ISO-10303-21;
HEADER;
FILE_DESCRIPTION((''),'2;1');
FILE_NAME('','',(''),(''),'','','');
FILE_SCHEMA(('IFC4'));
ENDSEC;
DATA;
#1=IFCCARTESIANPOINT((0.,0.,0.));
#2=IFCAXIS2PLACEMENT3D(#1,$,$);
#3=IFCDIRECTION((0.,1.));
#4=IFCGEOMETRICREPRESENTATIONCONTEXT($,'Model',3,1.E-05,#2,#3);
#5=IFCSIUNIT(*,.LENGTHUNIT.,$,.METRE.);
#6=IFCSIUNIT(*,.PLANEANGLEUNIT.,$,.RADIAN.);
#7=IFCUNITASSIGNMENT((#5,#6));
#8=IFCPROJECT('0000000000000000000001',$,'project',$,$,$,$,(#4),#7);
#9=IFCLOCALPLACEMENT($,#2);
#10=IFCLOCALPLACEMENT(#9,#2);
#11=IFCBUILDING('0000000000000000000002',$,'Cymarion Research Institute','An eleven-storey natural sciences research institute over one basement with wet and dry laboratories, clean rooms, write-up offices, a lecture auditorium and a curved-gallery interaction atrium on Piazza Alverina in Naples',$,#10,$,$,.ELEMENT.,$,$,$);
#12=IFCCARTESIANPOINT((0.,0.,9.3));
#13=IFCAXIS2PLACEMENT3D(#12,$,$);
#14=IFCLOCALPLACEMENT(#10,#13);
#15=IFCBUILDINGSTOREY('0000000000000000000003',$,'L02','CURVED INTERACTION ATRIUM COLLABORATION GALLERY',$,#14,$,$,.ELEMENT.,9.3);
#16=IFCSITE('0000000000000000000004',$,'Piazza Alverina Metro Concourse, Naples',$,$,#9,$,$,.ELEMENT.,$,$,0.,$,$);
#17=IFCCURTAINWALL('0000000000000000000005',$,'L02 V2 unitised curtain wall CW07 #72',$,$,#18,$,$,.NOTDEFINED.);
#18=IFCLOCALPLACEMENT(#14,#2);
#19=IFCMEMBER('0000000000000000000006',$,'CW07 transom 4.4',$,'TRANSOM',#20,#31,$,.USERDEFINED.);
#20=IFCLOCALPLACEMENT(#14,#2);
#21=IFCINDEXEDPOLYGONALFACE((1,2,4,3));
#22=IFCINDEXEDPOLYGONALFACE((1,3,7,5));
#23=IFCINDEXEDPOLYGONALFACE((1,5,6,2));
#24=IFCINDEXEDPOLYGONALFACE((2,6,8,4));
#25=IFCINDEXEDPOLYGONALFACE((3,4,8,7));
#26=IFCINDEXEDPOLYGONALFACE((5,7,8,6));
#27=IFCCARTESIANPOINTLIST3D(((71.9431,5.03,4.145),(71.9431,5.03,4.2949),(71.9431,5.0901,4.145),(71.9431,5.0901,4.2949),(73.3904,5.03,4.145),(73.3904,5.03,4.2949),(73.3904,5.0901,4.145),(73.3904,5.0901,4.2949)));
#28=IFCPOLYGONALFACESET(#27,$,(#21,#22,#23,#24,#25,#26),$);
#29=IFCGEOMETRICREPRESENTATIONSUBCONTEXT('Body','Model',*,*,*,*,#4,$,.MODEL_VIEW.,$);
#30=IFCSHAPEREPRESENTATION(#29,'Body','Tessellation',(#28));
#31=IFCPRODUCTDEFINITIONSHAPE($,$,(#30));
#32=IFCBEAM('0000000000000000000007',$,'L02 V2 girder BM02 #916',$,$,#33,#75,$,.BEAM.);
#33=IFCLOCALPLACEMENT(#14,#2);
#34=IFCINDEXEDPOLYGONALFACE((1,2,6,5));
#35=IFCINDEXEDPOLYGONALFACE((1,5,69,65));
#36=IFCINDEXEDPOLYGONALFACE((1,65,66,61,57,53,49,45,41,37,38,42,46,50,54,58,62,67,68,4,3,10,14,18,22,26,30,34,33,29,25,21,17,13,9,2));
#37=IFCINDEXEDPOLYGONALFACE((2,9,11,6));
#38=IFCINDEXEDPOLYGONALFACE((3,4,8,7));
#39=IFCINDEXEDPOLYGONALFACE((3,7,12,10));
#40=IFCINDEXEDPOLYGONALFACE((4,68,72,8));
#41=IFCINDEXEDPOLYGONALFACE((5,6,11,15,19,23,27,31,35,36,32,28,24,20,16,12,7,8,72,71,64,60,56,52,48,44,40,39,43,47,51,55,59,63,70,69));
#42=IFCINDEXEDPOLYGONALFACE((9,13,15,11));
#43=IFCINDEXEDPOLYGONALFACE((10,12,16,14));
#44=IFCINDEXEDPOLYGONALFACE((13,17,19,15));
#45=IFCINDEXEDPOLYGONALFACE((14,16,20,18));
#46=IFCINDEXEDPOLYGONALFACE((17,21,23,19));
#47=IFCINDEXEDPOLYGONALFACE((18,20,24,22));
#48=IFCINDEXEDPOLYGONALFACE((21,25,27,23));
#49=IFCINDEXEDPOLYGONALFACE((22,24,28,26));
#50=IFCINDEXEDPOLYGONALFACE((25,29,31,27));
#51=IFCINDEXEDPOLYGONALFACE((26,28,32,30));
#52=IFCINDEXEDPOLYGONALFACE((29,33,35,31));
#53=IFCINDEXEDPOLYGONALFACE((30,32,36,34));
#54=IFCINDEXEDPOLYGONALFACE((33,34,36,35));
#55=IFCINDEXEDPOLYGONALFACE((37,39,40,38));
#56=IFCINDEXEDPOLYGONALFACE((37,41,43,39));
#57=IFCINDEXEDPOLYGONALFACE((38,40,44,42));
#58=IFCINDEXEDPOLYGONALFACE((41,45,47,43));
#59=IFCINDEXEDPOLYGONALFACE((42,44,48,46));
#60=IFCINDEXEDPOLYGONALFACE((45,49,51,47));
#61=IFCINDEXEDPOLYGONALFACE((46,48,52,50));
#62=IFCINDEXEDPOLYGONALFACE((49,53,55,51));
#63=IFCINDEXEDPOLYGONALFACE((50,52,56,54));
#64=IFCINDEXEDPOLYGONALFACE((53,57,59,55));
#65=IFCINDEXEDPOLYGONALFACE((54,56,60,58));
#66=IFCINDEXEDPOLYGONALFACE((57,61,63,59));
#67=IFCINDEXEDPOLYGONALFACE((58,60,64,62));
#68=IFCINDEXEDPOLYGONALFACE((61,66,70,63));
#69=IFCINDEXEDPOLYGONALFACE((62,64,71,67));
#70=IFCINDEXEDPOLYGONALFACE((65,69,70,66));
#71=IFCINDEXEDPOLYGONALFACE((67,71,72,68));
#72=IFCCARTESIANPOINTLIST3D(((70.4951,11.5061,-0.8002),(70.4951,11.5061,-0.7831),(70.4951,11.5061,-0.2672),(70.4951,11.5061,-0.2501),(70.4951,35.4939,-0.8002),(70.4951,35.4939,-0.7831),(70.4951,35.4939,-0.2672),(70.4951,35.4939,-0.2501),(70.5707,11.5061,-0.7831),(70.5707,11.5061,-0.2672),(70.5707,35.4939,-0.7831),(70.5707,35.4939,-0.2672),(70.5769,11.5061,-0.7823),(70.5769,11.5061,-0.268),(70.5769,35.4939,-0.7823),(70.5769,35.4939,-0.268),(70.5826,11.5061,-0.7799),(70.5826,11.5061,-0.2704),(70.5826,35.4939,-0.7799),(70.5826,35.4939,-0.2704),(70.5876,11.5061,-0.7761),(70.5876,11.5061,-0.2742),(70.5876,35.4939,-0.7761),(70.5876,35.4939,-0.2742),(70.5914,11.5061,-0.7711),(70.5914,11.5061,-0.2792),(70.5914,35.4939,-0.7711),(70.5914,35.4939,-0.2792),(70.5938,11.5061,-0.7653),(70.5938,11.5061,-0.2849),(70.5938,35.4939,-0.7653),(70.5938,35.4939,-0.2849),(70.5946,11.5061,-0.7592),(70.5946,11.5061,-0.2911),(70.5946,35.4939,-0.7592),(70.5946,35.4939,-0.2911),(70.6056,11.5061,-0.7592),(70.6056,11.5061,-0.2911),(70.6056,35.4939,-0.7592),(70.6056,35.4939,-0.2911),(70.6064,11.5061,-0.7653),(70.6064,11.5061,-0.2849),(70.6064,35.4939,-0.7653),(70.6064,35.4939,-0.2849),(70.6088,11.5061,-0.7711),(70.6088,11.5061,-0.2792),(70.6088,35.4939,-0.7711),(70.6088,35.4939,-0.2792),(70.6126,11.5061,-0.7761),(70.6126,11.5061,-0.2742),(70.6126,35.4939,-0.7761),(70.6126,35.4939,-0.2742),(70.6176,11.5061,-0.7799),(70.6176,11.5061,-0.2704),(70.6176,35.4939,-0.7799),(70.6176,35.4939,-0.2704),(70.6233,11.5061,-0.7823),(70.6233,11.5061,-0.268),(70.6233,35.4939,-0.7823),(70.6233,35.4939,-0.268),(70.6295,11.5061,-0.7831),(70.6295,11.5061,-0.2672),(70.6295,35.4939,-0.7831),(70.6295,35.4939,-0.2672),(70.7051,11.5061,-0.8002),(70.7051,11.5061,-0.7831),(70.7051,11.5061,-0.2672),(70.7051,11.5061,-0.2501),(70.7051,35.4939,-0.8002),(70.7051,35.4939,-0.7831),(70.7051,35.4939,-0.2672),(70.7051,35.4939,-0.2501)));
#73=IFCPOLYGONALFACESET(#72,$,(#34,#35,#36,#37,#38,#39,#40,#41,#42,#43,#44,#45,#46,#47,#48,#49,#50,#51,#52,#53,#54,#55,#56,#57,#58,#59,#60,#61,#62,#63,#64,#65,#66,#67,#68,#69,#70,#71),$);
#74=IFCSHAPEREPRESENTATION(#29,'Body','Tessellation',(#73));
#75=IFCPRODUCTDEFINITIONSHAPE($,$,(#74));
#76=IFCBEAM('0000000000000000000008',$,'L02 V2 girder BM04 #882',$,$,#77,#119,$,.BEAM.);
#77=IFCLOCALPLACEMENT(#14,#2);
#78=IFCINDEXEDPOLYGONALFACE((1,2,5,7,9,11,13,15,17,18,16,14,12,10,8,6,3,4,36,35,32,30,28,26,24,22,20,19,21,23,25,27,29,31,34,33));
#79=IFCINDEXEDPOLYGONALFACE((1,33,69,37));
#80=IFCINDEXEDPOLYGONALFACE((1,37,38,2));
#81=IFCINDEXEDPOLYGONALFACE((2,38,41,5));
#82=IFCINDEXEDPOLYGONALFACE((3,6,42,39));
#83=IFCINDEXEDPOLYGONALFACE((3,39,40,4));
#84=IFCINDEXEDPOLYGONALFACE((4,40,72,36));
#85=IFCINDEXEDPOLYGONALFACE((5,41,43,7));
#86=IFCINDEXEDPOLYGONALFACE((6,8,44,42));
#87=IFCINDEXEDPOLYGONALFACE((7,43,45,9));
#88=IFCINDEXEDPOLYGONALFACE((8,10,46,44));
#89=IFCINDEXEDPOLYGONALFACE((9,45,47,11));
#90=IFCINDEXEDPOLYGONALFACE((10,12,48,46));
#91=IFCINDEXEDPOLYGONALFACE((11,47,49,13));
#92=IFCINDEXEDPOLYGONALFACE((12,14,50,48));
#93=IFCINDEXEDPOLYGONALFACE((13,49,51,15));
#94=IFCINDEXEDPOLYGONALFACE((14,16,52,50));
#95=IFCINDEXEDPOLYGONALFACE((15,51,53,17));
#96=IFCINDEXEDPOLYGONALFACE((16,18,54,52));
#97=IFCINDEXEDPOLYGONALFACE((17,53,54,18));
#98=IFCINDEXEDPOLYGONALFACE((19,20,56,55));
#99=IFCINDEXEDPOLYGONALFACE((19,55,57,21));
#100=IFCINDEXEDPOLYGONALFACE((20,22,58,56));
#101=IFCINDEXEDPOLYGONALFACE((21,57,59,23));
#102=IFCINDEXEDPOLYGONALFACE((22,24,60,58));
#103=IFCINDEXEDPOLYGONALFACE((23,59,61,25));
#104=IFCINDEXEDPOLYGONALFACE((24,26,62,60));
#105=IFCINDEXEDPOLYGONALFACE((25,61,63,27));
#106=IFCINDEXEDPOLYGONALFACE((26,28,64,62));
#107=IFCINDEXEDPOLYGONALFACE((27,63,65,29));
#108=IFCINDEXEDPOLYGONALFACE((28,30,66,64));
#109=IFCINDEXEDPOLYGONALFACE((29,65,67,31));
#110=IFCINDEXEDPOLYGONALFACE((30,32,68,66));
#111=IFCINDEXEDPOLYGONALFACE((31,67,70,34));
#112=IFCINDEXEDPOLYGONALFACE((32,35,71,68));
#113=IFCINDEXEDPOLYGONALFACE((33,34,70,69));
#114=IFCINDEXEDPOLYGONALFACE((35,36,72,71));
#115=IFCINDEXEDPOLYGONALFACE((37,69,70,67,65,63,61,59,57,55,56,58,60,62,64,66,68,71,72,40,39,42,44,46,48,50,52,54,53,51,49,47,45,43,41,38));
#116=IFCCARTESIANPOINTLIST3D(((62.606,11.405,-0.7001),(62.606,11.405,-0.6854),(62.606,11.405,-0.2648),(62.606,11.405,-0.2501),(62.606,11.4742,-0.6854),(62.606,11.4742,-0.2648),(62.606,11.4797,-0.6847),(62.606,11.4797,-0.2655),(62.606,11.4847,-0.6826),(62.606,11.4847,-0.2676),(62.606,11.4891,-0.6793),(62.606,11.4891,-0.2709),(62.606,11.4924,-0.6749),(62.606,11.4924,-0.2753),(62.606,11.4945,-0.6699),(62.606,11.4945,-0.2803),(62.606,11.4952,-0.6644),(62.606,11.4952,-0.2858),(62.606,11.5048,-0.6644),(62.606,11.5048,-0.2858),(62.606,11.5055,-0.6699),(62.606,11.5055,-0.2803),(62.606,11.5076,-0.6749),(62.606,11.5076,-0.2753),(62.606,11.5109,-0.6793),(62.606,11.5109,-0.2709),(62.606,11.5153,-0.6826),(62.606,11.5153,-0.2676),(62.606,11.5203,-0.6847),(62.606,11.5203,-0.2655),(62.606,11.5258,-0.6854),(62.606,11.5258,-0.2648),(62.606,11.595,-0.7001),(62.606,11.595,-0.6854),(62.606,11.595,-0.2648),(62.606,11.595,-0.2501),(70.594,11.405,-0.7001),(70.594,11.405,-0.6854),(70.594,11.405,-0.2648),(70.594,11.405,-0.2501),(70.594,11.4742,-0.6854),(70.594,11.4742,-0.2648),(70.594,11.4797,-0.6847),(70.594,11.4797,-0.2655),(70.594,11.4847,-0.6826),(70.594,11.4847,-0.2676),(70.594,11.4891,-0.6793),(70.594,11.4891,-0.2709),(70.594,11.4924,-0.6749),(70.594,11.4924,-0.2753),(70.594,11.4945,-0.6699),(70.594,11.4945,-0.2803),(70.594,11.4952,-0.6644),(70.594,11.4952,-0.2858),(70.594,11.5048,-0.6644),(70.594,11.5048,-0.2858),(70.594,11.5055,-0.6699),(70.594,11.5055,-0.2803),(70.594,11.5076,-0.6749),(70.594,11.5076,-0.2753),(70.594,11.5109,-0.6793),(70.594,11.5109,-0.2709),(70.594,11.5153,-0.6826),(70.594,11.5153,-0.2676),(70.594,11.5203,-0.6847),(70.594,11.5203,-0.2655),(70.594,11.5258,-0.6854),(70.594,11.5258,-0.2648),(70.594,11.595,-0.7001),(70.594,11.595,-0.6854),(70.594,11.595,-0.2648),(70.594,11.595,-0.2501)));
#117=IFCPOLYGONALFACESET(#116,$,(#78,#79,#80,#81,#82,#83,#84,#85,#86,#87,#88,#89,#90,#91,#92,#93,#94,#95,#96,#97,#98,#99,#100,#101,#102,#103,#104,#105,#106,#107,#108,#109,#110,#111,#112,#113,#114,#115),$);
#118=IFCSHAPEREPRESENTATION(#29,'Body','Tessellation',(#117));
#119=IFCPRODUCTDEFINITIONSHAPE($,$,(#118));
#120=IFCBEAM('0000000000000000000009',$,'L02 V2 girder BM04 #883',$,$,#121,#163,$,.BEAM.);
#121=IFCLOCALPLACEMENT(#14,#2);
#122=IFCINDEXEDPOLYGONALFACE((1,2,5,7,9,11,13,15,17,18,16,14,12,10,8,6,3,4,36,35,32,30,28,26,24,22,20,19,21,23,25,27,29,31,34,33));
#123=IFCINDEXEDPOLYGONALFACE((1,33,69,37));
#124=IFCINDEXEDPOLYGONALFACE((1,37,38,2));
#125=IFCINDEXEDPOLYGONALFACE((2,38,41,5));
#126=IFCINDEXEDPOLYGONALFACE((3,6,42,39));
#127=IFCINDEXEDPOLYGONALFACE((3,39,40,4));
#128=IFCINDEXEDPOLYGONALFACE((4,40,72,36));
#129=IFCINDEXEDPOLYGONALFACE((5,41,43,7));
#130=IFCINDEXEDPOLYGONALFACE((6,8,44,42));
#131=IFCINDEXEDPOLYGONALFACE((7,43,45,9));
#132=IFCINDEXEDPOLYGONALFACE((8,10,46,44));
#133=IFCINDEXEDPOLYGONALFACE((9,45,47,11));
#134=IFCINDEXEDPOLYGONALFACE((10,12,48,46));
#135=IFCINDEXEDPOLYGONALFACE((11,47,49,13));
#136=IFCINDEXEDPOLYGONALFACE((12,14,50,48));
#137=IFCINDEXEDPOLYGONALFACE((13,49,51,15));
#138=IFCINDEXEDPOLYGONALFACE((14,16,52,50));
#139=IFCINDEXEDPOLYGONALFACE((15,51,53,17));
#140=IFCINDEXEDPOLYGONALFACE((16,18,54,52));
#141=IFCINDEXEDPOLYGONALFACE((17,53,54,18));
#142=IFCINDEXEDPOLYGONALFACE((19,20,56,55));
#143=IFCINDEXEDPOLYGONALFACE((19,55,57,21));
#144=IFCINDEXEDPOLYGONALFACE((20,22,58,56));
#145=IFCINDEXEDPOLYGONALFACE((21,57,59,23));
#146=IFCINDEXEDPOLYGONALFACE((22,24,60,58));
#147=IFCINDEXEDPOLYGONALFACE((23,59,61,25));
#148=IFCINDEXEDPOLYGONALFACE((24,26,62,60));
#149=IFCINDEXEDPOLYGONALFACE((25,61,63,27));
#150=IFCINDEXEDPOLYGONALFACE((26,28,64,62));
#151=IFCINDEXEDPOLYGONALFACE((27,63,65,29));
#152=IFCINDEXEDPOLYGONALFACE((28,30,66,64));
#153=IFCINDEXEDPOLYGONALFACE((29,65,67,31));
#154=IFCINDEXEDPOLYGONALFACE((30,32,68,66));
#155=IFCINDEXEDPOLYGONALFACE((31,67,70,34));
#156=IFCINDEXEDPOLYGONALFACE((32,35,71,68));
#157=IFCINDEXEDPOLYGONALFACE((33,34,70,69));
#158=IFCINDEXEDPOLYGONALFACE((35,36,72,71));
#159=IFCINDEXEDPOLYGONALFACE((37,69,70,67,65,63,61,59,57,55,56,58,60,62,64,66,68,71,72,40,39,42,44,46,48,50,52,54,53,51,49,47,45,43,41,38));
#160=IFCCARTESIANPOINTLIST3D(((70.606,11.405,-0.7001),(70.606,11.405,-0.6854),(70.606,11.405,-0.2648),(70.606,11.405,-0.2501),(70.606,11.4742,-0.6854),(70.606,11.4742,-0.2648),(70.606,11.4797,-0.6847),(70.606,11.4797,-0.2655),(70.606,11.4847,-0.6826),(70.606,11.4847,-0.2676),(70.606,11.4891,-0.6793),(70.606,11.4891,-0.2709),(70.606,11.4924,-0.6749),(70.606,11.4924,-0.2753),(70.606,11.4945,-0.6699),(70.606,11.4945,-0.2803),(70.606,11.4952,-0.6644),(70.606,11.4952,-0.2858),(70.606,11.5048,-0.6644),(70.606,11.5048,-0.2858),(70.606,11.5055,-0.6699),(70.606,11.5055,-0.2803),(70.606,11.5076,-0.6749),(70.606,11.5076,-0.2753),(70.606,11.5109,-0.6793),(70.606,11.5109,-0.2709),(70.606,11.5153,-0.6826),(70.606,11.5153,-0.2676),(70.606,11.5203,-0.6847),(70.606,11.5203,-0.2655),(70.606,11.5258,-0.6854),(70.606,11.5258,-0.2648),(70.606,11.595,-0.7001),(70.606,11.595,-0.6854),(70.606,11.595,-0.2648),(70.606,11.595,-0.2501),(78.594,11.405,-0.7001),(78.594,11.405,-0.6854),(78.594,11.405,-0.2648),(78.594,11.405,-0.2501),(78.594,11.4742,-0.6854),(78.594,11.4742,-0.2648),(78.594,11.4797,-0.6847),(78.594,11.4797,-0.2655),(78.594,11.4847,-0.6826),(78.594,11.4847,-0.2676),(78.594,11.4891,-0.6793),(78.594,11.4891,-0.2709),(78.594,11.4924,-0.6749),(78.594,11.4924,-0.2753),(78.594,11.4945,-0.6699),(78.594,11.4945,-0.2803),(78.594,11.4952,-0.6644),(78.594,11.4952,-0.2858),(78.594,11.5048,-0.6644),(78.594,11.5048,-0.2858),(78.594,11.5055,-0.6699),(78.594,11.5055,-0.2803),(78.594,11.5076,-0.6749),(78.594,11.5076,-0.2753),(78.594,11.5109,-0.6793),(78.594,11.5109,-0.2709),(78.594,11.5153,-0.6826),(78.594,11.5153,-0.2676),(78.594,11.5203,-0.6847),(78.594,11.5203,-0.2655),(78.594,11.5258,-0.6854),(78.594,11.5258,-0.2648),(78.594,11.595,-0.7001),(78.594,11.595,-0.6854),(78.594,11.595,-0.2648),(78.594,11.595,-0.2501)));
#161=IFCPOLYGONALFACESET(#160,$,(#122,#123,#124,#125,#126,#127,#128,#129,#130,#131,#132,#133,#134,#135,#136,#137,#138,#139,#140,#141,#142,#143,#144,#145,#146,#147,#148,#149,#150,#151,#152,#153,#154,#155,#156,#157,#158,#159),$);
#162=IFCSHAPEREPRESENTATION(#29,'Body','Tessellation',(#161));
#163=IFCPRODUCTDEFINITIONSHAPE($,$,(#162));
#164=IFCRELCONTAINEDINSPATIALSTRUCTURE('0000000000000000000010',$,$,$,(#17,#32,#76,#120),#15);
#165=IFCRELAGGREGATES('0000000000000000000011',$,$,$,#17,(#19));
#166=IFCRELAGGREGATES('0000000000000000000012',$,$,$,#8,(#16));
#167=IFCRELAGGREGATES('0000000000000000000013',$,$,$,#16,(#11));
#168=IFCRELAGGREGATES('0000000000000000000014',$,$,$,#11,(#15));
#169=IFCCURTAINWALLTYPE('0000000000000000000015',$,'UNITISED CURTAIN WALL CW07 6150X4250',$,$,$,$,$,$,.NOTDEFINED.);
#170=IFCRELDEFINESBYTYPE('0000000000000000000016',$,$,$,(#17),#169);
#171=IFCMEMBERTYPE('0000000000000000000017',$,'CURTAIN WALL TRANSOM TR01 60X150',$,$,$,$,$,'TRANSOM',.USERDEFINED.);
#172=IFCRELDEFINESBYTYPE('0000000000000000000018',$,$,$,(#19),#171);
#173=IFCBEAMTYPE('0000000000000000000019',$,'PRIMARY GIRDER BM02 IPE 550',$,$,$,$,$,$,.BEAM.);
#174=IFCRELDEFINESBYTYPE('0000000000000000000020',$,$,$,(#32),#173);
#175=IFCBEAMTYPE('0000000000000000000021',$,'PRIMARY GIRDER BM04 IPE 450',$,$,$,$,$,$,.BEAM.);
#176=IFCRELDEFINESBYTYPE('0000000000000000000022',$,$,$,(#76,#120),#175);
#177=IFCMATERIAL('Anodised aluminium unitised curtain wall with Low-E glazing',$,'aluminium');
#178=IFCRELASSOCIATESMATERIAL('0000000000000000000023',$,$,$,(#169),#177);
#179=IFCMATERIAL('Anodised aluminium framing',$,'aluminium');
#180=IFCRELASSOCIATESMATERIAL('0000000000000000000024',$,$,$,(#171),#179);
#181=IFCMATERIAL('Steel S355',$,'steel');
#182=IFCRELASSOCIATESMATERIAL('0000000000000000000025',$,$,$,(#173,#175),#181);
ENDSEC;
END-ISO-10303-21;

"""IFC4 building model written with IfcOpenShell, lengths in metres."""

from ifc_helpers import new_model, si_unit, direction, frame, origin, origin_2d, place, context, subcontext, project, spatial, rectangle, i_section, extrude, material, material_profile, profile_set, type_object, element, aggregate, save


model = new_model("IFC4")

# Units and contexts
model_context = context("Model", 3, precision=1e-05, world=origin(), true_north=direction((0.0, 1.0)))
body_context = subcontext(model_context, "Body", "Model", "MODEL_VIEW")
ifc_project = project(units=[si_unit("LENGTHUNIT", "METRE"), si_unit("PLANEANGLEUNIT", "RADIAN")], contexts=[model_context])

# Site, building, storey
site_placement = place(None, origin())
site = spatial("IfcSite", under=ifc_project, at=site_placement, Name="Piazza Alverina Metro Concourse, Naples", CompositionType="ELEMENT", RefElevation=0.0)
building_placement = place(site_placement, origin())
building = spatial("IfcBuilding", under=site, at=building_placement, Name="Cymarion Research Institute", Description="An eleven-storey natural sciences research institute over one basement with wet and dry laboratories, clean rooms, write-up offices, a lecture auditorium and a curved-gallery interaction atrium on Piazza Alverina in Naples", CompositionType="ELEMENT")
storey_placement = place(building_placement, frame((0.0, 0.0, 9.3)))
storey = spatial("IfcBuildingStorey", under=building, at=storey_placement, Name="L02", Description="CURVED INTERACTION ATRIUM COLLABORATION GALLERY", CompositionType="ELEMENT", Elevation=9.3)

# Shared definitions
ifc_material_1 = material(Name="Steel S355", Category="steel")

# Curtain wall, member
ifc_material_2 = material(Name="Anodised aluminium unitised curtain wall with Low-E glazing", Category="aluminium")
curtain_wall_type = type_object("IfcCurtainWallType", Name="UNITISED CURTAIN WALL CW07 6150X4250", PredefinedType="NOTDEFINED", material=ifc_material_2)
curtain_wall_placement = place(storey_placement, origin())
curtain_wall = element("IfcCurtainWall", 1, at=curtain_wall_placement, inside=storey, type_object=curtain_wall_type, Name="L02 V2 unitised curtain wall CW07 #72", PredefinedType="NOTDEFINED")
ifc_material_3 = material(Name="Anodised aluminium framing", Category="aluminium")
ifc_material_profile_1 = material_profile(ifc_material_3, rectangle(XDim=0.0601, YDim=0.1499, at=origin_2d()), Name="ALU TRANSOM 60x150")
ifc_profile_set_1 = profile_set([ifc_material_profile_1], Name="Anodised aluminium framing")
member_type_1 = type_object("IfcMemberType", Name="CURTAIN WALL TRANSOM TR01 60X150", ElementType="TRANSOM", PredefinedType="USERDEFINED", material=ifc_profile_set_1)
member_1_placement = place(storey_placement, frame((71.9431, 5.0601, 4.22), z_axis=(1.0, 0.0, 0.0), x_axis=(0.0, 1.0, 0.0)))
member_1 = element("IfcMember", 2, at=member_1_placement, type_object=member_type_1, Name="CW07 transom 4.4", ObjectType="TRANSOM", PredefinedType="USERDEFINED", context=body_context, shape_type="SweptSolid", body=[
    extrude(rectangle(XDim=0.0601, YDim=0.1499, at=origin_2d()), origin(), (0.0, 0.0, 1.0), 1.4473),
])
aggregate(curtain_wall, [member_1])

# Beams
ifc_material_profile_2 = material_profile(ifc_material_1, i_section(OverallWidth=0.21, OverallDepth=0.55, WebThickness=0.011, FlangeThickness=0.0171, FilletRadius=0.0239, at=origin_2d()), Name="IPE 550")
ifc_profile_set_2 = profile_set([ifc_material_profile_2], Name="Steel S355")
beam_type_1 = type_object("IfcBeamType", Name="PRIMARY GIRDER BM02 IPE 550", PredefinedType="BEAM", material=ifc_profile_set_2)
beam_1_placement = place(storey_placement, frame((70.6001, 11.5061, -0.5251), z_axis=(0.0, 1.0, 0.0), x_axis=(-1.0, 0.0, 0.0)))
element("IfcBeam", 3, at=beam_1_placement, inside=storey, type_object=beam_type_1, Name="L02 V2 girder BM02 #916", PredefinedType="BEAM", context=body_context, shape_type="SweptSolid", body=[
    extrude(i_section(OverallWidth=0.21, OverallDepth=0.55, WebThickness=0.011, FlangeThickness=0.0171, FilletRadius=0.0239, at=origin_2d()), origin(), (0.0, 0.0, 1.0), 23.9878),
])
ifc_material_profile_3 = material_profile(ifc_material_1, i_section(OverallWidth=0.1899, OverallDepth=0.45, WebThickness=0.0095, FlangeThickness=0.0146, FilletRadius=0.021, at=origin_2d()), Name="IPE 450")
ifc_profile_set_3 = profile_set([ifc_material_profile_3], Name="Steel S355")
beam_type_2 = type_object("IfcBeamType", Name="PRIMARY GIRDER BM04 IPE 450", PredefinedType="BEAM", material=ifc_profile_set_3)
for number, where, z_axis, x_axis, name in (
    (4, (62.606, 11.5, -0.4751), (1.0, 0.0, 0.0), (0.0, 1.0, 0.0), "L02 V2 girder BM04 #882"),
    (5, (70.606, 11.5, -0.4751), (1.0, 0.0, 0.0), (0.0, 1.0, 0.0), "L02 V2 girder BM04 #883"),
):
    element("IfcBeam", number, at=place(storey_placement, frame(where, z_axis=z_axis, x_axis=x_axis)), inside=storey, type_object=beam_type_2, Name=name, PredefinedType="BEAM", context=body_context, shape_type="SweptSolid", body=[
        extrude(i_section(OverallWidth=0.1899, OverallDepth=0.45, WebThickness=0.0095, FlangeThickness=0.0146, FilletRadius=0.021, at=origin_2d()), origin(), (0.0, 0.0, 1.0), 7.988),
    ])

save(model, "model.ifc")
